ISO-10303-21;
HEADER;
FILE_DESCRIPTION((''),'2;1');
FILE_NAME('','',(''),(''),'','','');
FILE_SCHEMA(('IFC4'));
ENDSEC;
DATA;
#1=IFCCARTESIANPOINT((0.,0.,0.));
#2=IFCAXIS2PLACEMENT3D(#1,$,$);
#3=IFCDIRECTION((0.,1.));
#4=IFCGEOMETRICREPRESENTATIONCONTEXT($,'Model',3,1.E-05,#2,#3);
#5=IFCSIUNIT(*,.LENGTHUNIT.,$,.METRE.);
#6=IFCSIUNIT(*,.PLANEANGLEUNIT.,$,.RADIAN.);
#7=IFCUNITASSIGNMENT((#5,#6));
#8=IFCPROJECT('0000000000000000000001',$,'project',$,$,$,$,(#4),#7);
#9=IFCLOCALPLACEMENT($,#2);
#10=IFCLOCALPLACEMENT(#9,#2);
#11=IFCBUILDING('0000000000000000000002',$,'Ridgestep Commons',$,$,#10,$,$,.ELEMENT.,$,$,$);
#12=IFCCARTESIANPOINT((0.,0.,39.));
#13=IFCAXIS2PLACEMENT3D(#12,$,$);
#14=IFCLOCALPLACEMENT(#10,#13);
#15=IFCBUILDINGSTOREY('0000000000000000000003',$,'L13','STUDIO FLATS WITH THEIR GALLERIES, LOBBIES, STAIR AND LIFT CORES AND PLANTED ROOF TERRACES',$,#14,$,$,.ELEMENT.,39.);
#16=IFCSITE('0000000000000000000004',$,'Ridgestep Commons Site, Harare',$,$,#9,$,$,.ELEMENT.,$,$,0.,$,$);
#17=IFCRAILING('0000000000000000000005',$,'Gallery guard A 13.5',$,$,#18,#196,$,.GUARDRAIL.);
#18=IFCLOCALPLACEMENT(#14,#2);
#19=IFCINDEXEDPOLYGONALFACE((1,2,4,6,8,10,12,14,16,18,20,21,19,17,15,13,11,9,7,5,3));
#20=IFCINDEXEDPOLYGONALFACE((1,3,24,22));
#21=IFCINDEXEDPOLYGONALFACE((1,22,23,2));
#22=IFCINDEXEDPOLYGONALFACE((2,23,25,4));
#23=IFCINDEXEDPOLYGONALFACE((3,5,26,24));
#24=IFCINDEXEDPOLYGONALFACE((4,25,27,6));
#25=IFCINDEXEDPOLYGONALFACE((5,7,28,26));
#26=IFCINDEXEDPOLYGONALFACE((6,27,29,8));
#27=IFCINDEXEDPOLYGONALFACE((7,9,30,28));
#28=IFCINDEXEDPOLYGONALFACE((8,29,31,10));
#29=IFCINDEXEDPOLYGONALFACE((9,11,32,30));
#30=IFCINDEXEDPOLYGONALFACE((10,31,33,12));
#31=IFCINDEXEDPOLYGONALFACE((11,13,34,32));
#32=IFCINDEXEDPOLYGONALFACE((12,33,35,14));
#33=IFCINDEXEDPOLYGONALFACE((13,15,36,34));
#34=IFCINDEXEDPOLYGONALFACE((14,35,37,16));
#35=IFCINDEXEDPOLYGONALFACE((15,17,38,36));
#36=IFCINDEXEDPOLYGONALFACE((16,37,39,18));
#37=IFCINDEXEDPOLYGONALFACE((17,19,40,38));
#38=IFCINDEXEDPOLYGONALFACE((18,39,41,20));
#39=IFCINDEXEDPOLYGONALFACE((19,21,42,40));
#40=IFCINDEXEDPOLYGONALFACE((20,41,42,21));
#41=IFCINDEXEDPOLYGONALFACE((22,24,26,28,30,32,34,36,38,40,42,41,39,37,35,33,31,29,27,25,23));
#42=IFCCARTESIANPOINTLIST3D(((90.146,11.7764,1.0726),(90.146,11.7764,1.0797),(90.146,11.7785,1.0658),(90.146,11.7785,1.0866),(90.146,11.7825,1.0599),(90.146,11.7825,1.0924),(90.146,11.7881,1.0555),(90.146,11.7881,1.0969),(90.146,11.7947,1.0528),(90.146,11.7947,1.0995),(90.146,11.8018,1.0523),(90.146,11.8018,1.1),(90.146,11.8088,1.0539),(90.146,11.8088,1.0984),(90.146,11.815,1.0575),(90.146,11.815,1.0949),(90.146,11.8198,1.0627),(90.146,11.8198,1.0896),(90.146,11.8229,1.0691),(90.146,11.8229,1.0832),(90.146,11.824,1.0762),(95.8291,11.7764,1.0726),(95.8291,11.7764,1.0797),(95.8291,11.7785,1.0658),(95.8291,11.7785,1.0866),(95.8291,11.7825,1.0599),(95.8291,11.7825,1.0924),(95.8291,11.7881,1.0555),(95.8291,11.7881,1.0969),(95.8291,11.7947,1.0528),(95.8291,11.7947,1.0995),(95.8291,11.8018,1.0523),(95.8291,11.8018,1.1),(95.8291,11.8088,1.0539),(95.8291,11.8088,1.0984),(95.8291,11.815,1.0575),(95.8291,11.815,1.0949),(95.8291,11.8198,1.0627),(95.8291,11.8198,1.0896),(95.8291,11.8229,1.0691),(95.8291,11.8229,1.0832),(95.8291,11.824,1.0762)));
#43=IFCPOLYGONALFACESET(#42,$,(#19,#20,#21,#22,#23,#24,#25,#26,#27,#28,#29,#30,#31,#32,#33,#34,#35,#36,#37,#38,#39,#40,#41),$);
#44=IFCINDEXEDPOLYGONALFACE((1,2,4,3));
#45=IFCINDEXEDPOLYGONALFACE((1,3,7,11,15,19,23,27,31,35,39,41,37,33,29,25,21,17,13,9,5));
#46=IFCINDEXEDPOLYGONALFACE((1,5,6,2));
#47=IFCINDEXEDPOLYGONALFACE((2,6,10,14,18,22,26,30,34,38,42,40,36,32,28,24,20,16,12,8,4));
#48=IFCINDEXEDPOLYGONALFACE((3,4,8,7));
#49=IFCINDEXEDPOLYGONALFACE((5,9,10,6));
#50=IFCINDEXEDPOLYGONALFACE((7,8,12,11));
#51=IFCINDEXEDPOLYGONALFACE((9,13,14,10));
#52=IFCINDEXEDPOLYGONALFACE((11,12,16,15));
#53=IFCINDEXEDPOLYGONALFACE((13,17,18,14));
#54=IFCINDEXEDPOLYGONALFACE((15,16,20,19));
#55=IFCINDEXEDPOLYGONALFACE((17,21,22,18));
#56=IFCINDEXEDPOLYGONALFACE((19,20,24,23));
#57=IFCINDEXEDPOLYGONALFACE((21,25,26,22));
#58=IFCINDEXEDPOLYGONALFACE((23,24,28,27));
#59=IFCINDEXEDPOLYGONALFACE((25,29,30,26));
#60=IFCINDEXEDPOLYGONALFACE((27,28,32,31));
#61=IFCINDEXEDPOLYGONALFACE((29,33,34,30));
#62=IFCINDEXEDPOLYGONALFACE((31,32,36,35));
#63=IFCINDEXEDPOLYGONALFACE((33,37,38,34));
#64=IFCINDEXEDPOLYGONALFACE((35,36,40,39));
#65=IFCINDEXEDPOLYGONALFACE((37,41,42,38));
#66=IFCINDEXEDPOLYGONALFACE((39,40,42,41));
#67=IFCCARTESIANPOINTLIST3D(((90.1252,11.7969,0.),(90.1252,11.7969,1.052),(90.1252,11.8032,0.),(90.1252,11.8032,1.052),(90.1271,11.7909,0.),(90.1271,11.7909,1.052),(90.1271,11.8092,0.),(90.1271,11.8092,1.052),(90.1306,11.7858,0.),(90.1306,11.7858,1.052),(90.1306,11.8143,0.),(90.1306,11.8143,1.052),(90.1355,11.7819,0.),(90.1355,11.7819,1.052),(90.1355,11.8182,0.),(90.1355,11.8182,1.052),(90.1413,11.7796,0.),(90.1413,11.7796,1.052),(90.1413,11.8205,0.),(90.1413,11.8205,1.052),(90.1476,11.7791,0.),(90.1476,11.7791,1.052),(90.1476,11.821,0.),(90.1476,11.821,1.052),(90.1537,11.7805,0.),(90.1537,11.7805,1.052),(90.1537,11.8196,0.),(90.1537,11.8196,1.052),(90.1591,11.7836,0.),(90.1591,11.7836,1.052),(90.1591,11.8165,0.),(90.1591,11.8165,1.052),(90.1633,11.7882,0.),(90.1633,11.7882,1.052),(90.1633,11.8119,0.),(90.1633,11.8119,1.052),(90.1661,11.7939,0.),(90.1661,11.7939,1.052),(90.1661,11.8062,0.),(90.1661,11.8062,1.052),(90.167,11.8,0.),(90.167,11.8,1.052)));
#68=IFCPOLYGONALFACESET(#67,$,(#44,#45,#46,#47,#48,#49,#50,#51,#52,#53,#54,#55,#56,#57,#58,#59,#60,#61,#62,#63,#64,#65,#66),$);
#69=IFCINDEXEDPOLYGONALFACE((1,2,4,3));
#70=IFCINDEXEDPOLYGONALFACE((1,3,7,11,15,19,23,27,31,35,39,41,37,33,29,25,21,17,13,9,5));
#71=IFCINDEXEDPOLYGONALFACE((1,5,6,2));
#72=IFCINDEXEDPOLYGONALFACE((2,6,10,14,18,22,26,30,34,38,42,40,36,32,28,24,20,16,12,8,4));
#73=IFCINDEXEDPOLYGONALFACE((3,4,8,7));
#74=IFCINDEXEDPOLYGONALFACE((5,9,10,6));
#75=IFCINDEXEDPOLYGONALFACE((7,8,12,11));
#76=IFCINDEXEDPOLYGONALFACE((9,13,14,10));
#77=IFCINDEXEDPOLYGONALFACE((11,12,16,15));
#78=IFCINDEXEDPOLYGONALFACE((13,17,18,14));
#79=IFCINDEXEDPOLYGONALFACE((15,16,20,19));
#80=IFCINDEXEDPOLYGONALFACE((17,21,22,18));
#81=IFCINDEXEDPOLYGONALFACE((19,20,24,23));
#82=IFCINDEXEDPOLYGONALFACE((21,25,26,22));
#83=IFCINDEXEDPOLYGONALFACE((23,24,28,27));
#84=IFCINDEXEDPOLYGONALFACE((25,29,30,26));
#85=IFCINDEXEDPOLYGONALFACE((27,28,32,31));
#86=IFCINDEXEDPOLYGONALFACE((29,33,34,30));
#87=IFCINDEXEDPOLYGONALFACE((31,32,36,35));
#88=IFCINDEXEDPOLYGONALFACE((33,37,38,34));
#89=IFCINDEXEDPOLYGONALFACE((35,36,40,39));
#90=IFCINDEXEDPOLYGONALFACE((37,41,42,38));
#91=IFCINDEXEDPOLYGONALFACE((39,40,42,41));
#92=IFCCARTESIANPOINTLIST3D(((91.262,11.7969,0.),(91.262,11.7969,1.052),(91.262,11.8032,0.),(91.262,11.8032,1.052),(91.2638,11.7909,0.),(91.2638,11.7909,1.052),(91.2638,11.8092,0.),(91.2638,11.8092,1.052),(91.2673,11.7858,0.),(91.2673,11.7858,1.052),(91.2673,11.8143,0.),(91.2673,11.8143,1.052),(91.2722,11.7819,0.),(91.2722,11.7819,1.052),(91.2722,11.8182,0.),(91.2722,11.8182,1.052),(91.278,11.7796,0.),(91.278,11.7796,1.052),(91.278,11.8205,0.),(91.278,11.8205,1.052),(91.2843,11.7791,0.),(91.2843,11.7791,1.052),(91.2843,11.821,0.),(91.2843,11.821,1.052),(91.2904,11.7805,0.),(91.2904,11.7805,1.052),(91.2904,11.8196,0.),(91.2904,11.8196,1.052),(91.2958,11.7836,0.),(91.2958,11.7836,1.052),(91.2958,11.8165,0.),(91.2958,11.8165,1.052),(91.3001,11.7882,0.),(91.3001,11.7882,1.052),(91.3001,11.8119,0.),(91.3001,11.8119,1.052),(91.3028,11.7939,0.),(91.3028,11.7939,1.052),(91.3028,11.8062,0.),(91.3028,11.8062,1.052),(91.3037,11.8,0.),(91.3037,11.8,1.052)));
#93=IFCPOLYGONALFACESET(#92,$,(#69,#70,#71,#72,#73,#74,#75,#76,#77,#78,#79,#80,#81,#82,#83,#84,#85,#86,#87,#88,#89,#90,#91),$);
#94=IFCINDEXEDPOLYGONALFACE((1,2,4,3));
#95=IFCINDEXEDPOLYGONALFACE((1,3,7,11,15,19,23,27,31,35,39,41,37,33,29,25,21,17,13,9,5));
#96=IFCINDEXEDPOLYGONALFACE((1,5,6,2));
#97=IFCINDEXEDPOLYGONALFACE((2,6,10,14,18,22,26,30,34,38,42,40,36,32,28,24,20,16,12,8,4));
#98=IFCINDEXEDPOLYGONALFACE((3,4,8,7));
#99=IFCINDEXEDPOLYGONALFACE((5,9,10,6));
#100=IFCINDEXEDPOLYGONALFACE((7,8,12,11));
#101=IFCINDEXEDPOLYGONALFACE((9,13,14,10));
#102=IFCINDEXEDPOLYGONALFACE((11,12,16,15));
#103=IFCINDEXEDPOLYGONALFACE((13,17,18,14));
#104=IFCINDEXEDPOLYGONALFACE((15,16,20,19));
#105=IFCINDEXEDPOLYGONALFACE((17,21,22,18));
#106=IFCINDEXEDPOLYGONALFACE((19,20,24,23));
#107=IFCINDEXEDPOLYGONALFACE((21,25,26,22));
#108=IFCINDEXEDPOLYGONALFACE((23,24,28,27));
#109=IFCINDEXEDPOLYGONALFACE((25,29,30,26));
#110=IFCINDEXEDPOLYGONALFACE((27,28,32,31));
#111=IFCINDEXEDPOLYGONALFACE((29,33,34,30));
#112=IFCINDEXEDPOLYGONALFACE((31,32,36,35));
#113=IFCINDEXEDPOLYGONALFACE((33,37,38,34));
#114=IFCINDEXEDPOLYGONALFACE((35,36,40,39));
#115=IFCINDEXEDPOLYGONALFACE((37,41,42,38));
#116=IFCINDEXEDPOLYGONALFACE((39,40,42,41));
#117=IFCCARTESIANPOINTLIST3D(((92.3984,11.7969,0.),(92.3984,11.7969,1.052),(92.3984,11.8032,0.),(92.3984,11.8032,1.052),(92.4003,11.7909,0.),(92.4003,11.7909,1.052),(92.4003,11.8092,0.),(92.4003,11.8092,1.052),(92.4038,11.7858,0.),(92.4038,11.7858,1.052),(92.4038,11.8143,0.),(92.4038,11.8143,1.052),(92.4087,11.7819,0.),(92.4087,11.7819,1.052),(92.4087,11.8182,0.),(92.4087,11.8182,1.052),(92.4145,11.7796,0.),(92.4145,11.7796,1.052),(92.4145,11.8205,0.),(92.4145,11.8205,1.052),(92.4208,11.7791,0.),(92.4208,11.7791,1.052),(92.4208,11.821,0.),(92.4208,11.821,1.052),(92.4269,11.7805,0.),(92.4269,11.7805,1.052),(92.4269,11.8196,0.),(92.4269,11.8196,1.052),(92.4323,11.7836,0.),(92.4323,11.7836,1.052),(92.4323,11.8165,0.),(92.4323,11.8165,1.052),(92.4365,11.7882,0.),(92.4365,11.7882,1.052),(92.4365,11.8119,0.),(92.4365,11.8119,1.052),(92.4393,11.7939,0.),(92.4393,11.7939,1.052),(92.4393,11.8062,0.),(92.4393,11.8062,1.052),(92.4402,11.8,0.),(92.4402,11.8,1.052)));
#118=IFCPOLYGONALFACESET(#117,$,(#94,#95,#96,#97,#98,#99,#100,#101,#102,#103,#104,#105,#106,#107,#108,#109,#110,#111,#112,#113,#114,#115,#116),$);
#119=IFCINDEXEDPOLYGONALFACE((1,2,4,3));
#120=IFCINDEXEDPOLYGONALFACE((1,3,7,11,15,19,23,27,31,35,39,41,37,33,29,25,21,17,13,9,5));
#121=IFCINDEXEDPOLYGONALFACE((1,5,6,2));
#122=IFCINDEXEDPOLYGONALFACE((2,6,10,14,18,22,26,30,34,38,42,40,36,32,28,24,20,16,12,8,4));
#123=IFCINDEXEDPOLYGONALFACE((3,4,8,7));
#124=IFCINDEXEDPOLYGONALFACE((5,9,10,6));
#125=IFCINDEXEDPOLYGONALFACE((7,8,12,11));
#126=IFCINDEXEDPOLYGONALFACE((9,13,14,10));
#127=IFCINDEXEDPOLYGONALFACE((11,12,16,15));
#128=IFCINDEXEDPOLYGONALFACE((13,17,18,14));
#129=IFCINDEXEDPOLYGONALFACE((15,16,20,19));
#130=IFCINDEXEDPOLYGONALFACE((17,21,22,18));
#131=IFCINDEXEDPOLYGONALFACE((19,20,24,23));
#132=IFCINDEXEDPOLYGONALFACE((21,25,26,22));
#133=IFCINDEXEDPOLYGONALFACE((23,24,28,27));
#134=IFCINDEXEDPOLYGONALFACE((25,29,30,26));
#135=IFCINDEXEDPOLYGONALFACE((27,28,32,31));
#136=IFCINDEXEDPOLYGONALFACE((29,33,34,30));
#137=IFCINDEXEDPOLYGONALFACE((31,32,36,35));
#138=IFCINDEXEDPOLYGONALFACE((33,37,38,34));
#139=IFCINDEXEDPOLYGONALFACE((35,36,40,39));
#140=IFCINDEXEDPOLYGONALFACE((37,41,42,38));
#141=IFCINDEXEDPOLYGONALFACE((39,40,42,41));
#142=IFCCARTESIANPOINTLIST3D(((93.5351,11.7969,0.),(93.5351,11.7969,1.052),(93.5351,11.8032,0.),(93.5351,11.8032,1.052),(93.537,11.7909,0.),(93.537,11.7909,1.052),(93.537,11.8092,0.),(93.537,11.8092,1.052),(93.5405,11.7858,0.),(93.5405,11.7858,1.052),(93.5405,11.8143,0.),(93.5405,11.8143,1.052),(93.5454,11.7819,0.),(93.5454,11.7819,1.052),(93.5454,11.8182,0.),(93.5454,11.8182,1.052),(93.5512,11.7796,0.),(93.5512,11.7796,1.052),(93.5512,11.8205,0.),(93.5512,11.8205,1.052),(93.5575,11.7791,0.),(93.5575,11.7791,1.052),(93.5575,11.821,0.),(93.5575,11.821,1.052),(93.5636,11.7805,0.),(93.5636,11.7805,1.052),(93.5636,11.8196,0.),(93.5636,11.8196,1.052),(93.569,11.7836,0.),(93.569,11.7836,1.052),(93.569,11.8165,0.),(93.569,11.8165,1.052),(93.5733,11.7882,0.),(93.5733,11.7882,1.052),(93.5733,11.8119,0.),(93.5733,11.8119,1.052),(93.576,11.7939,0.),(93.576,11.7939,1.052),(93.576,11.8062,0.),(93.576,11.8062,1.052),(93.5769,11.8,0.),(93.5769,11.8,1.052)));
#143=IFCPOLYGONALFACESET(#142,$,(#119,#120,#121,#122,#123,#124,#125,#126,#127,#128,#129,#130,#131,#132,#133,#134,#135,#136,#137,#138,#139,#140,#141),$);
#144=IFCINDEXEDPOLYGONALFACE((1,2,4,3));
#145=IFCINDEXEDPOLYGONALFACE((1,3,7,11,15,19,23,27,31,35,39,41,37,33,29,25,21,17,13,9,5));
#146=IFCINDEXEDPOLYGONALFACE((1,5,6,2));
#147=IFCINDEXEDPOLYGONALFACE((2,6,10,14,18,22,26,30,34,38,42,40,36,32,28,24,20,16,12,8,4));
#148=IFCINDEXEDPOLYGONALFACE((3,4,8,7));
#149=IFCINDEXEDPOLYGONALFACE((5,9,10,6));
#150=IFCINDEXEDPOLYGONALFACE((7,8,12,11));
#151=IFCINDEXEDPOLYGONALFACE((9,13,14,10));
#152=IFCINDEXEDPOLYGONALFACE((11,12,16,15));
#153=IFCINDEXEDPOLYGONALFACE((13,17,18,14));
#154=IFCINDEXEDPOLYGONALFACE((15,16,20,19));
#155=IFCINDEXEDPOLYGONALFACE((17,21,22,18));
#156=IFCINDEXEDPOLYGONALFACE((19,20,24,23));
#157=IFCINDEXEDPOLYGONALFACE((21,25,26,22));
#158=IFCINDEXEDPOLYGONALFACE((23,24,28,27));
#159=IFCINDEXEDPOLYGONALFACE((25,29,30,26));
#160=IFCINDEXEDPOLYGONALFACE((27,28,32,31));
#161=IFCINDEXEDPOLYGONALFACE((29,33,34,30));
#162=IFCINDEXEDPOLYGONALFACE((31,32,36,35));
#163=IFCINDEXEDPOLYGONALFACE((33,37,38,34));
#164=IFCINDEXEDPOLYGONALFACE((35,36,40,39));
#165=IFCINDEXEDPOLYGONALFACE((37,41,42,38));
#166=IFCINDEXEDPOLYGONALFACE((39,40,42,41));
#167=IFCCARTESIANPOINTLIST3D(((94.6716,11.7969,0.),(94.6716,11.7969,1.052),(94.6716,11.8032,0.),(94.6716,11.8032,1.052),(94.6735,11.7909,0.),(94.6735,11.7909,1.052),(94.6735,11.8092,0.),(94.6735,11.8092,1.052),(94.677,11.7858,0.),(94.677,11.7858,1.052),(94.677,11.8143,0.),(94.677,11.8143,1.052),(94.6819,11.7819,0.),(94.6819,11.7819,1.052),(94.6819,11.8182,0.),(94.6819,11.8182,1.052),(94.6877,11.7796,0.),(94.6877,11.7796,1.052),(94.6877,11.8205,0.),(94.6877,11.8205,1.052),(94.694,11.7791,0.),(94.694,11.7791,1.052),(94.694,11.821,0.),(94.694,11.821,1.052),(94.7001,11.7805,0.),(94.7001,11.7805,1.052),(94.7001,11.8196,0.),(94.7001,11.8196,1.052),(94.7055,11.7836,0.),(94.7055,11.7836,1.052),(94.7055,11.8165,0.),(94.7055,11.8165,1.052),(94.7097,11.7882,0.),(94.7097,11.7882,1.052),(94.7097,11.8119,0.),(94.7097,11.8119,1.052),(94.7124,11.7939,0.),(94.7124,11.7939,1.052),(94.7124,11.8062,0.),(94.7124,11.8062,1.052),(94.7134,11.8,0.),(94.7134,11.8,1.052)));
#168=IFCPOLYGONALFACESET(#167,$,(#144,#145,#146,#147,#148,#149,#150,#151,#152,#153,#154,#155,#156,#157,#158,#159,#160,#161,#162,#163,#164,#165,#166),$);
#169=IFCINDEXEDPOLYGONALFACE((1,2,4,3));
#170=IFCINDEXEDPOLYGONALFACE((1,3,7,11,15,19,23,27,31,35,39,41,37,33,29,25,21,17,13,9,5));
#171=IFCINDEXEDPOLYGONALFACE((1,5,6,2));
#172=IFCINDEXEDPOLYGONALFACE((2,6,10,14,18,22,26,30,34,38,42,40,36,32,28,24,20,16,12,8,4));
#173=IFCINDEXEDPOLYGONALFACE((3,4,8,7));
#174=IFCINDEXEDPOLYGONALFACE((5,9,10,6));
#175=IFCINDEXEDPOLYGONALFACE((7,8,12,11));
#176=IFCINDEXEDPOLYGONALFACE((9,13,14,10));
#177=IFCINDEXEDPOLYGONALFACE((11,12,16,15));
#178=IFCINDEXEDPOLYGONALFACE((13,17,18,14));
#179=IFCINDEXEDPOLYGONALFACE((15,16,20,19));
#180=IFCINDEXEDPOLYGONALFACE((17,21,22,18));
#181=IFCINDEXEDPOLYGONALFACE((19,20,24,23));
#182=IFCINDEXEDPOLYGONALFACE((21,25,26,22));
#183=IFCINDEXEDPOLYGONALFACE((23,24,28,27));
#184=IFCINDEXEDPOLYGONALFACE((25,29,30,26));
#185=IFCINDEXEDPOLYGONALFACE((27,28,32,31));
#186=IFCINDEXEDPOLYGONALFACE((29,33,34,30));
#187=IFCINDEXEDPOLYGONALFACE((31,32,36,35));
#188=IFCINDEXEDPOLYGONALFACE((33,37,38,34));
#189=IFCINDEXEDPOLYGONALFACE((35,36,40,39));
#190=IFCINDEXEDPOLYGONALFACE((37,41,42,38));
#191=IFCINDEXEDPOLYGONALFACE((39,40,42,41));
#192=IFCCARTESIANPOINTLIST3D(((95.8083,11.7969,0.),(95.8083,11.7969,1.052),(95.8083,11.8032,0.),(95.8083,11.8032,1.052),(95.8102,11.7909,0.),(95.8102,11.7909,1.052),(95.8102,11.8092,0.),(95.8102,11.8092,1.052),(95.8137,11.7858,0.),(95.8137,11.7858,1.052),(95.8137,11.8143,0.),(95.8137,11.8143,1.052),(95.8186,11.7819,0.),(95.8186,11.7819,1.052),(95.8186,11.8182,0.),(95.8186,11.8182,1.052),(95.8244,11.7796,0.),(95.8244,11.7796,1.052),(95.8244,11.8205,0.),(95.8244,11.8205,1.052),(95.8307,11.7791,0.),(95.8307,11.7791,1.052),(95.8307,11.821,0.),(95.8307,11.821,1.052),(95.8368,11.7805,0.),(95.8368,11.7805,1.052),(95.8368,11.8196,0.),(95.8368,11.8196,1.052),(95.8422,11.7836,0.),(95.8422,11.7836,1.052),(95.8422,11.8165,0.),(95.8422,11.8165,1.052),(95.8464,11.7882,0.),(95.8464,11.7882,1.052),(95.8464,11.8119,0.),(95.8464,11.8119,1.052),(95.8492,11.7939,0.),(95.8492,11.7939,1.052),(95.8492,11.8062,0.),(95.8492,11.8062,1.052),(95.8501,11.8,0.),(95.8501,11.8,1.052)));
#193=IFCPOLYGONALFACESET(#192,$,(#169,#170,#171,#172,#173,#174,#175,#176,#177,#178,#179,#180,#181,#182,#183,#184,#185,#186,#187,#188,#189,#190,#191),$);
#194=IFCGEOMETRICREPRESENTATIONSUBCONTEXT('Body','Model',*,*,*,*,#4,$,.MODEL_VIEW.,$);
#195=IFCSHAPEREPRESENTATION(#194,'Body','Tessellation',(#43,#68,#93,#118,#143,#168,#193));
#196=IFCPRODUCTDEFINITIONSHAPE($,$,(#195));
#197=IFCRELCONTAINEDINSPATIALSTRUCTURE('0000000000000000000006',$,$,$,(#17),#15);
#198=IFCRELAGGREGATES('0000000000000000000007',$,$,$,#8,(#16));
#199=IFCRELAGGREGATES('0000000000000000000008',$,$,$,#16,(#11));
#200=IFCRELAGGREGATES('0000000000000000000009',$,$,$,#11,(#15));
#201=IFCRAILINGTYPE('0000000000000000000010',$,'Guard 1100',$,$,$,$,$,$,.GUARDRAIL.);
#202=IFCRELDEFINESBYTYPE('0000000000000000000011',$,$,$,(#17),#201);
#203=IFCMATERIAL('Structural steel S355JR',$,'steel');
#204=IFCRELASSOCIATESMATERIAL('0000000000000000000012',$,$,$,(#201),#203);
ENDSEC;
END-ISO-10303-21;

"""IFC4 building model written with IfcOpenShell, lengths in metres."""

from ifc_helpers import new_model, si_unit, direction, frame, origin, origin_2d, place, context, subcontext, project, spatial, circle, extrude, material, type_object, element, save


model = new_model("IFC4")

# Units and contexts
model_context = context("Model", 3, precision=1e-05, world=origin(), true_north=direction((0.0, 1.0)))
body_context = subcontext(model_context, "Body", "Model", "MODEL_VIEW")
ifc_project = project(units=[si_unit("LENGTHUNIT", "METRE"), si_unit("PLANEANGLEUNIT", "RADIAN")], contexts=[model_context])

# Site, building, storey
site_placement = place(None, origin())
site = spatial("IfcSite", under=ifc_project, at=site_placement, Name="Ridgestep Commons Site, Harare", CompositionType="ELEMENT", RefElevation=0.0)
building_placement = place(site_placement, origin())
building = spatial("IfcBuilding", under=site, at=building_placement, Name="Ridgestep Commons", CompositionType="ELEMENT")
storey_placement = place(building_placement, frame((0.0, 0.0, 39.0)))
storey = spatial("IfcBuildingStorey", under=building, at=storey_placement, Name="L13", Description="STUDIO FLATS WITH THEIR GALLERIES, LOBBIES, STAIR AND LIFT CORES AND PLANTED ROOF TERRACES", CompositionType="ELEMENT", Elevation=39.0)

# Railing
ifc_material_1 = material(Name="Structural steel S355JR", Category="steel")
railing_type_1 = type_object("IfcRailingType", Name="Guard 1100", PredefinedType="GUARDRAIL", material=ifc_material_1)
railing_1_placement = place(storey_placement, frame((90.146, 11.8, 0.0)))
element("IfcRailing", 1, at=railing_1_placement, inside=storey, type_object=railing_type_1, Name="Gallery guard A 13.5", PredefinedType="GUARDRAIL", context=body_context, shape_type="SweptSolid", body=[
    extrude(circle(Radius=0.0239, at=origin_2d()), frame((0.0, 0.0, 1.0762), z_axis=(1.0, 0.0, 0.0), x_axis=(0.0, 1.0, 0.0)), (0.0, 0.0, 1.0), 5.6831),
    extrude(circle(Radius=0.021, at=origin_2d()), origin(), (0.0, 0.0, 1.0), 1.052),
    extrude(circle(Radius=0.021, at=origin_2d()), frame((1.1367, 0.0, 0.0)), (0.0, 0.0, 1.0), 1.052),
    extrude(circle(Radius=0.021, at=origin_2d()), frame((2.2732, 0.0, 0.0)), (0.0, 0.0, 1.0), 1.052),
    extrude(circle(Radius=0.021, at=origin_2d()), frame((3.4099, 0.0, 0.0)), (0.0, 0.0, 1.0), 1.052),
    extrude(circle(Radius=0.021, at=origin_2d()), frame((4.5464, 0.0, 0.0)), (0.0, 0.0, 1.0), 1.052),
    extrude(circle(Radius=0.021, at=origin_2d()), frame((5.6831, 0.0, 0.0)), (0.0, 0.0, 1.0), 1.052),
])

save(model, "model.ifc")
